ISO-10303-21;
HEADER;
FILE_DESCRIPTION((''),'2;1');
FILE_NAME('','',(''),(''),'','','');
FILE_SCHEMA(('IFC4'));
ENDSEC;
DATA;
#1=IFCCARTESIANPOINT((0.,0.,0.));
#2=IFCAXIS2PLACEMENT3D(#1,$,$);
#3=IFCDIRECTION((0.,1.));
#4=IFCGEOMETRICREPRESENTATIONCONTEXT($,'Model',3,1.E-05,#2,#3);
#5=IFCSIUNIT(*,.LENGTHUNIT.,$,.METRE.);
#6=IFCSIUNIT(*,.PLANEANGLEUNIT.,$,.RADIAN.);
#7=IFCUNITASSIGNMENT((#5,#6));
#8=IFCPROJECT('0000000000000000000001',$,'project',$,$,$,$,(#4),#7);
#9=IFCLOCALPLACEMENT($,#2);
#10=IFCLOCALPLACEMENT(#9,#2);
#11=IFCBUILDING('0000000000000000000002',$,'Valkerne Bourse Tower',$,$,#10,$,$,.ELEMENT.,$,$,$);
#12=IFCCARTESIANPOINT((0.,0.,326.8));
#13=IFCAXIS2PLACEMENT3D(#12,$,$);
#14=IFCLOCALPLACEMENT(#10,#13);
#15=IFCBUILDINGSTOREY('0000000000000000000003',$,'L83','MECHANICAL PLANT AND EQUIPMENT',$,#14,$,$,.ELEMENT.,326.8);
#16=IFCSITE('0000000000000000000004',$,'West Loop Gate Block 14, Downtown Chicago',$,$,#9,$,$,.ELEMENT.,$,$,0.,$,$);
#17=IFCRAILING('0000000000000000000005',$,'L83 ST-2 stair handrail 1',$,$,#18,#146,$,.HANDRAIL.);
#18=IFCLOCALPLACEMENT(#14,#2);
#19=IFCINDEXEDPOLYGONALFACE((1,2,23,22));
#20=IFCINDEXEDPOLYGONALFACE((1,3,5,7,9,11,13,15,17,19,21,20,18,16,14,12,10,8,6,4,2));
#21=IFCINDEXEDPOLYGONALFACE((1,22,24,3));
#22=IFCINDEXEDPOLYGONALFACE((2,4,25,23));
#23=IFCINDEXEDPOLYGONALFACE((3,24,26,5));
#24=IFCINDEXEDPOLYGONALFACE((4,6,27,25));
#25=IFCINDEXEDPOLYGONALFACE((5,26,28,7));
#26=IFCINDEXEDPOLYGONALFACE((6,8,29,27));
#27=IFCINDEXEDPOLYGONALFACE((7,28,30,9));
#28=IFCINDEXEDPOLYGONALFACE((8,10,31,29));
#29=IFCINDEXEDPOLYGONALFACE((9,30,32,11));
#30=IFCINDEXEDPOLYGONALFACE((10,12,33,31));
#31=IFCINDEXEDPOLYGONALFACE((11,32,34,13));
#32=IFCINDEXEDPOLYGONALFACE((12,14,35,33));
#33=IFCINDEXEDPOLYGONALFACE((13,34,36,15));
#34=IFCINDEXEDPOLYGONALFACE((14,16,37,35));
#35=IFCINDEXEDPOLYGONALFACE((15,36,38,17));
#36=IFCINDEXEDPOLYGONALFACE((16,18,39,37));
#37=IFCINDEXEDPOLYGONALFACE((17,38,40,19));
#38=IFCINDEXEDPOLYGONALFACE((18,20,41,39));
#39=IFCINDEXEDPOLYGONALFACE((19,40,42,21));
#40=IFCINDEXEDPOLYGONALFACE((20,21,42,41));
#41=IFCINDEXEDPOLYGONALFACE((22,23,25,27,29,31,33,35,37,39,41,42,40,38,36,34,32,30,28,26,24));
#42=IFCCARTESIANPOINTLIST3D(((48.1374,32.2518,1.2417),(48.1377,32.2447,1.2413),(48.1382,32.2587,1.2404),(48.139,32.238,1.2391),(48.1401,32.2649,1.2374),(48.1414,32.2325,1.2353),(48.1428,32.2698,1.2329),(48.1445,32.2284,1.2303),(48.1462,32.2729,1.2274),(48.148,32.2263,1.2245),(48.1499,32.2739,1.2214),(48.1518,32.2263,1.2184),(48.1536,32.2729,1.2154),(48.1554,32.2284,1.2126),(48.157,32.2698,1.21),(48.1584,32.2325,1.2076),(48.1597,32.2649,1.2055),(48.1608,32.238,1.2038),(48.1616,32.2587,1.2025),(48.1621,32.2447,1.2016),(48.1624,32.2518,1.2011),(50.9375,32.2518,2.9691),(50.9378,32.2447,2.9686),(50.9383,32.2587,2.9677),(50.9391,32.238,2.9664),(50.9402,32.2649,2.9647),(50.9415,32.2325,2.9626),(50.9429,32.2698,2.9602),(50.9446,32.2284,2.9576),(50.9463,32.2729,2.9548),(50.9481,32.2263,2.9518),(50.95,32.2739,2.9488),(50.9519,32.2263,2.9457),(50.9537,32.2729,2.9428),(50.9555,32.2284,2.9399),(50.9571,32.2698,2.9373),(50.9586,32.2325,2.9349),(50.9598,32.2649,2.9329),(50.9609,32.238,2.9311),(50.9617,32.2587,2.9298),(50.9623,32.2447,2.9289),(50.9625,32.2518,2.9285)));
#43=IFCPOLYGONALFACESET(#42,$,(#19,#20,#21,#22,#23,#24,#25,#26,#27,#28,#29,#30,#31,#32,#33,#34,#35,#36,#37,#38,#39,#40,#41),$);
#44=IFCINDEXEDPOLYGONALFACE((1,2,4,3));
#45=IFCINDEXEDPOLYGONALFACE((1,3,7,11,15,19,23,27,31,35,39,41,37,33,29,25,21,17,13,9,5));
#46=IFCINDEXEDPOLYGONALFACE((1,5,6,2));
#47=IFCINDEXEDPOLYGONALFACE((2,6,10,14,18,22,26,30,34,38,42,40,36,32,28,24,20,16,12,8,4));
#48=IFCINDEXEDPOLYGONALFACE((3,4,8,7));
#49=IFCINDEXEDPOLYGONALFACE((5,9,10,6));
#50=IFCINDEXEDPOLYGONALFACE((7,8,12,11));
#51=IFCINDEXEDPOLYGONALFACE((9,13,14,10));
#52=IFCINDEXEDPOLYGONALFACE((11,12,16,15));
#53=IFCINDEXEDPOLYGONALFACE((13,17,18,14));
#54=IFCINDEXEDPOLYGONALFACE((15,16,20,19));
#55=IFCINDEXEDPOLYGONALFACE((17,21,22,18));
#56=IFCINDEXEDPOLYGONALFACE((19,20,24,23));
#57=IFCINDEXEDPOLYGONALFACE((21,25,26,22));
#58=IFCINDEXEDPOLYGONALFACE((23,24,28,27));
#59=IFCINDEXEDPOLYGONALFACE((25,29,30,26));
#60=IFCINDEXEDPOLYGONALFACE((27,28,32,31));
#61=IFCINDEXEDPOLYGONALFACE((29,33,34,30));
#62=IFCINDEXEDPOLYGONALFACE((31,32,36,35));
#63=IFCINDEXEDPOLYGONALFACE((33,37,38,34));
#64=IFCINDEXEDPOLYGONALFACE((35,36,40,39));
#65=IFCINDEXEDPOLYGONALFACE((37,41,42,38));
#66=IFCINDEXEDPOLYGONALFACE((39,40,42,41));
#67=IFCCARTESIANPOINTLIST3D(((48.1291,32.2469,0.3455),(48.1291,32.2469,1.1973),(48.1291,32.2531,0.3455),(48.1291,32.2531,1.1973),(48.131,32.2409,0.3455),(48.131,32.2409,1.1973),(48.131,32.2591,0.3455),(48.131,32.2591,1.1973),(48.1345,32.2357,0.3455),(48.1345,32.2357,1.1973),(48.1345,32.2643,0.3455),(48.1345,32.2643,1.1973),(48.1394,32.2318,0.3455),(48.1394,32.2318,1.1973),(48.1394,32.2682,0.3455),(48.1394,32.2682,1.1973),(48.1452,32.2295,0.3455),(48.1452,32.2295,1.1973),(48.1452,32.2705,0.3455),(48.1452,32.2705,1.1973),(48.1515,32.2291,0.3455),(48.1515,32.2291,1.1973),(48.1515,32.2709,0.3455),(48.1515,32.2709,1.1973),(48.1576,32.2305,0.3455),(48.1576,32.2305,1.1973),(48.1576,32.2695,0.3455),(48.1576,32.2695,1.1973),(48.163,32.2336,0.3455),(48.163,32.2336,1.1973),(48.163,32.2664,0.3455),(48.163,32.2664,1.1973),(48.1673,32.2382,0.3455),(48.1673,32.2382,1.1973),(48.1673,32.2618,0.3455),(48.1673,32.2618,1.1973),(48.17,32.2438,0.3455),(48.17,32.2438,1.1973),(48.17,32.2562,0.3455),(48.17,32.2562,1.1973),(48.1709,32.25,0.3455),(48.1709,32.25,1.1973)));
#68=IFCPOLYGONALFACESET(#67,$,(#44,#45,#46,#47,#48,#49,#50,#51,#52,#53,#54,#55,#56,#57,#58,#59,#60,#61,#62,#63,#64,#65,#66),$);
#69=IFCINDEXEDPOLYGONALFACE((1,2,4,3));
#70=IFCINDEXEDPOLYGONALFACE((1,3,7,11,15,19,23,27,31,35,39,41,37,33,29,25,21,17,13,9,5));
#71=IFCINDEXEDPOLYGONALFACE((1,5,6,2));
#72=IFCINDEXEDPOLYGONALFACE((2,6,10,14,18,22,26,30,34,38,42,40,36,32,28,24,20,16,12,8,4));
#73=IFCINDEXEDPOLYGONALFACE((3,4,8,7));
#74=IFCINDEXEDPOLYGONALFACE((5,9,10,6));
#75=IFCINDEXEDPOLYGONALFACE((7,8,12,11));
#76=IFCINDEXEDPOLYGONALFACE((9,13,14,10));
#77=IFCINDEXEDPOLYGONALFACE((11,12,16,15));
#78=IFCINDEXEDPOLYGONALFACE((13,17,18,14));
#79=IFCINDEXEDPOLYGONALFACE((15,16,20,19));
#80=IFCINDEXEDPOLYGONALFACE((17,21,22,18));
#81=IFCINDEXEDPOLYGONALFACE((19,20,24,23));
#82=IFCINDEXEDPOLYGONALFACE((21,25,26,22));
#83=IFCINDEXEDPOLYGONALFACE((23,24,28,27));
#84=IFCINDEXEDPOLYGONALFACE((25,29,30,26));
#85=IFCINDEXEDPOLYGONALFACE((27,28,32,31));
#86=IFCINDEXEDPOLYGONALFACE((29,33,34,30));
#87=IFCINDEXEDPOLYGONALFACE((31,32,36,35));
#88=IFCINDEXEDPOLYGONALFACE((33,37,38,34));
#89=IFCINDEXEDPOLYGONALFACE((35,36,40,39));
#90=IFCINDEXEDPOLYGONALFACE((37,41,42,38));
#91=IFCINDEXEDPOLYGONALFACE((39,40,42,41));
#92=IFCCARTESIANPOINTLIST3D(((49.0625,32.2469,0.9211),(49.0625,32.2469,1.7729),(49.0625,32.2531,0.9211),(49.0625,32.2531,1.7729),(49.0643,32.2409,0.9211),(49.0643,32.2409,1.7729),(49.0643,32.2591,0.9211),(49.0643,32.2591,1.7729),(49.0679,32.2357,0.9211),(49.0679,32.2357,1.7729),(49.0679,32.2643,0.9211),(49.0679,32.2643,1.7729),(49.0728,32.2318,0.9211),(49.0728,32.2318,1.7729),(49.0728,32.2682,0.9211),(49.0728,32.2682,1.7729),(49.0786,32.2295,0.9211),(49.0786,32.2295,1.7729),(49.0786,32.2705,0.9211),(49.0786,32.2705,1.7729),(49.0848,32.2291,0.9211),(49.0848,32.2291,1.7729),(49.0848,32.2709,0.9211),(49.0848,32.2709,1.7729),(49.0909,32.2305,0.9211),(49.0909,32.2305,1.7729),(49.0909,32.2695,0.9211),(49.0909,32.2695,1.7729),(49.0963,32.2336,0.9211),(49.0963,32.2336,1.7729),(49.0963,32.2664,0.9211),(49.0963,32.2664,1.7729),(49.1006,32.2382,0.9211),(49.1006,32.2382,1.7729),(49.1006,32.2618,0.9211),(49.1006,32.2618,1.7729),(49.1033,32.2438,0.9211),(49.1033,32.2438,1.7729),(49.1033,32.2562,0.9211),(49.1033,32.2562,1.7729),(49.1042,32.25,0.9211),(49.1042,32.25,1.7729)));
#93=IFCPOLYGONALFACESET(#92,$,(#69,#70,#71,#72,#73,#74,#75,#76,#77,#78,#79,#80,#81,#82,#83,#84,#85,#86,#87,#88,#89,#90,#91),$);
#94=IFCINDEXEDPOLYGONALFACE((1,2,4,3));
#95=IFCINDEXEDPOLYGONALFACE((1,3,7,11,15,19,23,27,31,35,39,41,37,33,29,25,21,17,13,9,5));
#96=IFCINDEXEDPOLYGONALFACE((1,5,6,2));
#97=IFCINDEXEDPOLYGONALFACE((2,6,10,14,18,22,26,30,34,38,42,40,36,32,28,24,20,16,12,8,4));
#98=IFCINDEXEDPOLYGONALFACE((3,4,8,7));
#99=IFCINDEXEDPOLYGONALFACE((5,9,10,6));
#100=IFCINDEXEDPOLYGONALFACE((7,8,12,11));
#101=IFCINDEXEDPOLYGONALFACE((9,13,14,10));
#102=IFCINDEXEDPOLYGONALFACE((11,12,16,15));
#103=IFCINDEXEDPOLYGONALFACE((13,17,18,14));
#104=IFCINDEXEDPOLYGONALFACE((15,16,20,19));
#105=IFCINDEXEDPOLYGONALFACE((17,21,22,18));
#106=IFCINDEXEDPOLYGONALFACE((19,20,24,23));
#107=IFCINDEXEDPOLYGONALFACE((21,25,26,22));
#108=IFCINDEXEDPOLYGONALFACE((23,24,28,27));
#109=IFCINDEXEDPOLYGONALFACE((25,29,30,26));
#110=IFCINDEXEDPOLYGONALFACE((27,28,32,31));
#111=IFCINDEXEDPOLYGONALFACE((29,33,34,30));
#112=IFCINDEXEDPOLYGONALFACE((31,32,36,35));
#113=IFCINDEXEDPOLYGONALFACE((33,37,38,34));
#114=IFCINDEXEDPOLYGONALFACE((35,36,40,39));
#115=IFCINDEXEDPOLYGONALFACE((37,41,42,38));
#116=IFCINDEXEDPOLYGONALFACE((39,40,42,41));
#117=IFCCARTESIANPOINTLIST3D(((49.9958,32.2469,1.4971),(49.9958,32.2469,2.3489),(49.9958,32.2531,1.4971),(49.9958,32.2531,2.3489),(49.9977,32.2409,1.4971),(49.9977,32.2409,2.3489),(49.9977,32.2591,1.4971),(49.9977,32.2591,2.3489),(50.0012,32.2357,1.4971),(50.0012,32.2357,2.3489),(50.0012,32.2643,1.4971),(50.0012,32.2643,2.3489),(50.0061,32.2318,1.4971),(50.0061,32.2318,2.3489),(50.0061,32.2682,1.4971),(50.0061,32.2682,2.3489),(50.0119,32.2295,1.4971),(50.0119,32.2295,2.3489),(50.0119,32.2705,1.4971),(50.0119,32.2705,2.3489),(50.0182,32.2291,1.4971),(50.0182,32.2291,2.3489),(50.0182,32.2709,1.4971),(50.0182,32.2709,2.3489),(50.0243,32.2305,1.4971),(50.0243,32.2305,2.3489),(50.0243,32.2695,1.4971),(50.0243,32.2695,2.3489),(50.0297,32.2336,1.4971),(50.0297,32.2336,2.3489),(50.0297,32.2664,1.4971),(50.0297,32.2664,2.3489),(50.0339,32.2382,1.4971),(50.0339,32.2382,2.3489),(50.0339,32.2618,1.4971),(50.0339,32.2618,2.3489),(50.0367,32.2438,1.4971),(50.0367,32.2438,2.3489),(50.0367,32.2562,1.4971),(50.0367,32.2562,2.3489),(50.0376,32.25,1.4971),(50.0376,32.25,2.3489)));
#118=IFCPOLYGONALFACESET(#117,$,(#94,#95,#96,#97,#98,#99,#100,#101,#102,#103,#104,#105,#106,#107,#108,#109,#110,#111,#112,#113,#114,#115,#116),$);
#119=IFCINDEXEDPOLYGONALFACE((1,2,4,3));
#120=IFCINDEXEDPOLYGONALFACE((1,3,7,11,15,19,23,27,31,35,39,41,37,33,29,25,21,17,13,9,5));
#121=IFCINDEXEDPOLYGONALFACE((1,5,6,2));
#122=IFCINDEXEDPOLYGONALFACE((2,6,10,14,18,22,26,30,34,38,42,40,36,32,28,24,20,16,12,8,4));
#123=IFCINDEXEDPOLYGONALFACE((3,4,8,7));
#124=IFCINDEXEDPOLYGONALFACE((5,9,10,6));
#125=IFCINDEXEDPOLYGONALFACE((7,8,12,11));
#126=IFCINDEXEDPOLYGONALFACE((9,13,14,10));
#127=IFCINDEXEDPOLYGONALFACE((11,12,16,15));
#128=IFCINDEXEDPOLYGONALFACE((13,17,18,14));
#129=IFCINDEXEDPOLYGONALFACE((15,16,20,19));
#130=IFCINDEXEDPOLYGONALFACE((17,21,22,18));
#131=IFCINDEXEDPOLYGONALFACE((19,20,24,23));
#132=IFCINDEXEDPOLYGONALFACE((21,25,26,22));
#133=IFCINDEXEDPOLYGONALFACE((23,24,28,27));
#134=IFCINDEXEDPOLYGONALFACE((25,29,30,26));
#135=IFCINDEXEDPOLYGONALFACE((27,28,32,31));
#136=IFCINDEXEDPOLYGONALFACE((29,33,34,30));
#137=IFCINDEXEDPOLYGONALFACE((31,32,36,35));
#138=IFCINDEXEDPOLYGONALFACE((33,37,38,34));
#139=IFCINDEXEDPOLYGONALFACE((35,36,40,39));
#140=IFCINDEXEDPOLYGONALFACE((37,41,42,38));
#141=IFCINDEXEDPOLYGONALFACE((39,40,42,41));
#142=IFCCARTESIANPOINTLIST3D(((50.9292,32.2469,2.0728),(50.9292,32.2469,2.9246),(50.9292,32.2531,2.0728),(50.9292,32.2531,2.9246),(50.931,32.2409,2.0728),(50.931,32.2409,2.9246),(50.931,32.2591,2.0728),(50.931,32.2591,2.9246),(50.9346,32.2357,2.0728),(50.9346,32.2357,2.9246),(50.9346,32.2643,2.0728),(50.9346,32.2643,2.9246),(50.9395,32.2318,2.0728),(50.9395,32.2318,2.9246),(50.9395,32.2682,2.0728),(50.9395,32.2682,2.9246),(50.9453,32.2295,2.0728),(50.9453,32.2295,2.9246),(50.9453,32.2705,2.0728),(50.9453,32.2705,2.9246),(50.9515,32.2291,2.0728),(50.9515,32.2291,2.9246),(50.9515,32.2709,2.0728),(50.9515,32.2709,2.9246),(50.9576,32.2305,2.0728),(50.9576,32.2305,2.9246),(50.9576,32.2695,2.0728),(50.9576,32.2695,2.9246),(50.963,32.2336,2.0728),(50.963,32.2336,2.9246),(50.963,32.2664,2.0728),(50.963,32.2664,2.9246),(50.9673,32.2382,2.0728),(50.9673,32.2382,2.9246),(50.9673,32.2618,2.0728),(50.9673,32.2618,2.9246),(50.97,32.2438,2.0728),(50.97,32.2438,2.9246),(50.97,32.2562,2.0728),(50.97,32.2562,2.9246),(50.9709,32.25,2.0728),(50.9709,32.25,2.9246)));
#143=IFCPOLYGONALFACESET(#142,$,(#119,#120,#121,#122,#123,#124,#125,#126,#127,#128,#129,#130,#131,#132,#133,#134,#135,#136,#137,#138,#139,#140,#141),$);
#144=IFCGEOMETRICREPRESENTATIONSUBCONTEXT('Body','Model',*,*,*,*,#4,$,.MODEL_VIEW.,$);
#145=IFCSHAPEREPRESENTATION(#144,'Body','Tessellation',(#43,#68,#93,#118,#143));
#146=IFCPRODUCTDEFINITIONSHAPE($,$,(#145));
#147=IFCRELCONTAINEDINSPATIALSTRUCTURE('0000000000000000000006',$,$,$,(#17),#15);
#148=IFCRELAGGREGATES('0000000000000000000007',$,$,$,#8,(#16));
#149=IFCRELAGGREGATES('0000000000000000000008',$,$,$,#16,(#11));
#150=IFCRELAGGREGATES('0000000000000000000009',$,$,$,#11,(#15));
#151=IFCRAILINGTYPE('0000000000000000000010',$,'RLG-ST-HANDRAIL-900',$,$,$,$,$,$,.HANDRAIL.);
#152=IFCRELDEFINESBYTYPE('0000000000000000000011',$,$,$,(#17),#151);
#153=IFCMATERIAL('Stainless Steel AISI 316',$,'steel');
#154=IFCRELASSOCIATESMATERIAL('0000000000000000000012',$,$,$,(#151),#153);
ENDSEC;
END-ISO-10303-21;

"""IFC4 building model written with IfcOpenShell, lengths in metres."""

from ifc_helpers import new_model, si_unit, direction, frame, origin, origin_2d, place, context, subcontext, project, spatial, circle, extrude, material, type_object, element, save


model = new_model("IFC4")

# Units and contexts
model_context = context("Model", 3, precision=1e-05, world=origin(), true_north=direction((0.0, 1.0)))
body_context = subcontext(model_context, "Body", "Model", "MODEL_VIEW")
ifc_project = project(units=[si_unit("LENGTHUNIT", "METRE"), si_unit("PLANEANGLEUNIT", "RADIAN")], contexts=[model_context])

# Site, building, storey
site_placement = place(None, origin())
site = spatial("IfcSite", under=ifc_project, at=site_placement, Name="West Loop Gate Block 14, Downtown Chicago", CompositionType="ELEMENT", RefElevation=0.0)
building_placement = place(site_placement, origin())
building = spatial("IfcBuilding", under=site, at=building_placement, Name="Valkerne Bourse Tower", CompositionType="ELEMENT")
storey_placement = place(building_placement, frame((0.0, 0.0, 326.8)))
storey = spatial("IfcBuildingStorey", under=building, at=storey_placement, Name="L83", Description="MECHANICAL PLANT AND EQUIPMENT", CompositionType="ELEMENT", Elevation=326.8)

# Railing
ifc_material_1 = material(Name="Stainless Steel AISI 316", Category="steel")
railing_type_1 = type_object("IfcRailingType", Name="RLG-ST-HANDRAIL-900", PredefinedType="HANDRAIL", material=ifc_material_1)
railing_1_placement = place(storey_placement, frame((48.1499, 32.25, 0.3455)))
element("IfcRailing", 1, at=railing_1_placement, inside=storey, type_object=railing_type_1, Name="L83 ST-2 stair handrail 1", PredefinedType="HANDRAIL", context=body_context, shape_type="SweptSolid", body=[
    extrude(circle(Radius=0.0239, at=origin_2d()), frame((0.0, 0.0, 0.876), z_axis=(0.85109, 0.0, 0.52502), x_axis=(0.0, 1.0, 0.0)), (0.0, 0.0, 1.0), 3.29),
    extrude(circle(Radius=0.021, at=origin_2d()), origin(), (0.0, 0.0, 1.0), 0.8518),
    extrude(circle(Radius=0.021, at=origin_2d()), frame((0.9333, 0.0, 0.5757)), (0.0, 0.0, 1.0), 0.8518),
    extrude(circle(Radius=0.021, at=origin_2d()), frame((1.8667, 0.0, 1.1516)), (0.0, 0.0, 1.0), 0.8518),
    extrude(circle(Radius=0.021, at=origin_2d()), frame((2.8, 0.0, 1.7273)), (0.0, 0.0, 1.0), 0.8518),
])

save(model, "model.ifc")
